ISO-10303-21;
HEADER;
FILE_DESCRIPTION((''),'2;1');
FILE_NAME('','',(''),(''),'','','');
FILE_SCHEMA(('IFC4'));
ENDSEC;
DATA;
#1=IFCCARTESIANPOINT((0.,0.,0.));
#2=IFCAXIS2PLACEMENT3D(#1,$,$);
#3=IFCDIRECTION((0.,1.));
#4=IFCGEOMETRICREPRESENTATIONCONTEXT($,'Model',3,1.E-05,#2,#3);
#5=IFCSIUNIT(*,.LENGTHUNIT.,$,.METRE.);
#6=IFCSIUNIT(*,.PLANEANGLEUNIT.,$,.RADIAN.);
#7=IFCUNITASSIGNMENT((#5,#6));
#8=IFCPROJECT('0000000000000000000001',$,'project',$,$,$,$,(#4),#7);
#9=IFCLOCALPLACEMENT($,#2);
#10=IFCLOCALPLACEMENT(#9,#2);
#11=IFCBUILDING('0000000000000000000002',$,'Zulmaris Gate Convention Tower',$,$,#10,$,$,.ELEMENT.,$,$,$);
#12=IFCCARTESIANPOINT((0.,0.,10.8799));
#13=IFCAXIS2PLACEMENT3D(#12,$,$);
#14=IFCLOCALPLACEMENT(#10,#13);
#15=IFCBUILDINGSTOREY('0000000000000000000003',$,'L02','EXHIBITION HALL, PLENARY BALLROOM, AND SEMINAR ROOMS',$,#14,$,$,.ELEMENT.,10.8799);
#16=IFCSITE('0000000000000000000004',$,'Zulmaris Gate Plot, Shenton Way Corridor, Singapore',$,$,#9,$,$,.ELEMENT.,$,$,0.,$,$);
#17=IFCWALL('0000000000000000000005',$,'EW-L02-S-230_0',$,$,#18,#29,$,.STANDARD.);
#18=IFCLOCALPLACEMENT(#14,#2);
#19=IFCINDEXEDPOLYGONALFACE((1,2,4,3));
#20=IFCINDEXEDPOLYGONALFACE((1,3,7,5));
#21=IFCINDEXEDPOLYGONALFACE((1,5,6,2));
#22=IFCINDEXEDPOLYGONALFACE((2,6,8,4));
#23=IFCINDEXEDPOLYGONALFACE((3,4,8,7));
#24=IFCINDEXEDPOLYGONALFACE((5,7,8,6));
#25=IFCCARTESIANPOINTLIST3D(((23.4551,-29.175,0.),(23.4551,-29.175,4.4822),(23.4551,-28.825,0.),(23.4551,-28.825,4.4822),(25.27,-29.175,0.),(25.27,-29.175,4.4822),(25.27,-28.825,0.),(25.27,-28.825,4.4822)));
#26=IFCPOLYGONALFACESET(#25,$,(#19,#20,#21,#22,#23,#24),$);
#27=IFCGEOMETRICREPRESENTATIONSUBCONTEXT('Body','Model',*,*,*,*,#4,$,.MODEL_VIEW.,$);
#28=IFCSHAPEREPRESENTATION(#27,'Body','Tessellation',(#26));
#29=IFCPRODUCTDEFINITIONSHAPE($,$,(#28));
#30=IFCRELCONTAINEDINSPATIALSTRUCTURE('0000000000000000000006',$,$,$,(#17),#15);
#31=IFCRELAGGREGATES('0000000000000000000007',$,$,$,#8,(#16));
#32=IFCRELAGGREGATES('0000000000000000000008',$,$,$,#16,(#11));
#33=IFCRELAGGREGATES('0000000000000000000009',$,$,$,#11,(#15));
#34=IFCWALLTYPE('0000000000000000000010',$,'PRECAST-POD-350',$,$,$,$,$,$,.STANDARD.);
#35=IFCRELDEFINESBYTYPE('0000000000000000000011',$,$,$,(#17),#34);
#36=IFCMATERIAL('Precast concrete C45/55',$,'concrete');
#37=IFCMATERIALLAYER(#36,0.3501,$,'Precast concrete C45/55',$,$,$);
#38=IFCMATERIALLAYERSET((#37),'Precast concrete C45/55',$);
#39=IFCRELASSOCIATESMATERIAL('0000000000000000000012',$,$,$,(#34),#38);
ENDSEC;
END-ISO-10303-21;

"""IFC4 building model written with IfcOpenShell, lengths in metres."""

from ifc_helpers import new_model, si_unit, direction, frame, frame_2d, origin, place, context, subcontext, project, spatial, rectangle, extrude, material, layer, layer_set, type_object, element, save


model = new_model("IFC4")

# Units and contexts
model_context = context("Model", 3, precision=1e-05, world=origin(), true_north=direction((0.0, 1.0)))
body_context = subcontext(model_context, "Body", "Model", "MODEL_VIEW")
ifc_project = project(units=[si_unit("LENGTHUNIT", "METRE"), si_unit("PLANEANGLEUNIT", "RADIAN")], contexts=[model_context])

# Site, building, storey
site_placement = place(None, origin())
site = spatial("IfcSite", under=ifc_project, at=site_placement, Name="Zulmaris Gate Plot, Shenton Way Corridor, Singapore", CompositionType="ELEMENT", RefElevation=0.0)
building_placement = place(site_placement, origin())
building = spatial("IfcBuilding", under=site, at=building_placement, Name="Zulmaris Gate Convention Tower", CompositionType="ELEMENT")
storey_placement = place(building_placement, frame((0.0, 0.0, 10.8799)))
storey = spatial("IfcBuildingStorey", under=building, at=storey_placement, Name="L02", Description="EXHIBITION HALL, PLENARY BALLROOM, AND SEMINAR ROOMS", CompositionType="ELEMENT", Elevation=10.8799)

# Wall
ifc_material_1 = material(Name="Precast concrete C45/55", Category="concrete")
ifc_layer_1 = layer(ifc_material_1, 0.3501, Name="Precast concrete C45/55")
ifc_layer_set_1 = layer_set([ifc_layer_1], Name="Precast concrete C45/55")
wall_type_1 = type_object("IfcWallType", Name="PRECAST-POD-350", PredefinedType="STANDARD", material=ifc_layer_set_1)
wall_1_placement = place(storey_placement, frame((23.4551, -29.0, 0.0), z_axis=(0.0, 0.0, 1.0), x_axis=(1.0, 0.0, 0.0)))
element("IfcWall", 1, at=wall_1_placement, inside=storey, type_object=wall_type_1, Name="EW-L02-S-230_0", PredefinedType="STANDARD", context=body_context, shape_type="SweptSolid", body=[
    extrude(rectangle(XDim=1.8149, YDim=0.3501, at=frame_2d((0.9075, 0.0))), origin(), (0.0, 0.0, 1.0), 4.4822),
])

save(model, "model.ifc")
